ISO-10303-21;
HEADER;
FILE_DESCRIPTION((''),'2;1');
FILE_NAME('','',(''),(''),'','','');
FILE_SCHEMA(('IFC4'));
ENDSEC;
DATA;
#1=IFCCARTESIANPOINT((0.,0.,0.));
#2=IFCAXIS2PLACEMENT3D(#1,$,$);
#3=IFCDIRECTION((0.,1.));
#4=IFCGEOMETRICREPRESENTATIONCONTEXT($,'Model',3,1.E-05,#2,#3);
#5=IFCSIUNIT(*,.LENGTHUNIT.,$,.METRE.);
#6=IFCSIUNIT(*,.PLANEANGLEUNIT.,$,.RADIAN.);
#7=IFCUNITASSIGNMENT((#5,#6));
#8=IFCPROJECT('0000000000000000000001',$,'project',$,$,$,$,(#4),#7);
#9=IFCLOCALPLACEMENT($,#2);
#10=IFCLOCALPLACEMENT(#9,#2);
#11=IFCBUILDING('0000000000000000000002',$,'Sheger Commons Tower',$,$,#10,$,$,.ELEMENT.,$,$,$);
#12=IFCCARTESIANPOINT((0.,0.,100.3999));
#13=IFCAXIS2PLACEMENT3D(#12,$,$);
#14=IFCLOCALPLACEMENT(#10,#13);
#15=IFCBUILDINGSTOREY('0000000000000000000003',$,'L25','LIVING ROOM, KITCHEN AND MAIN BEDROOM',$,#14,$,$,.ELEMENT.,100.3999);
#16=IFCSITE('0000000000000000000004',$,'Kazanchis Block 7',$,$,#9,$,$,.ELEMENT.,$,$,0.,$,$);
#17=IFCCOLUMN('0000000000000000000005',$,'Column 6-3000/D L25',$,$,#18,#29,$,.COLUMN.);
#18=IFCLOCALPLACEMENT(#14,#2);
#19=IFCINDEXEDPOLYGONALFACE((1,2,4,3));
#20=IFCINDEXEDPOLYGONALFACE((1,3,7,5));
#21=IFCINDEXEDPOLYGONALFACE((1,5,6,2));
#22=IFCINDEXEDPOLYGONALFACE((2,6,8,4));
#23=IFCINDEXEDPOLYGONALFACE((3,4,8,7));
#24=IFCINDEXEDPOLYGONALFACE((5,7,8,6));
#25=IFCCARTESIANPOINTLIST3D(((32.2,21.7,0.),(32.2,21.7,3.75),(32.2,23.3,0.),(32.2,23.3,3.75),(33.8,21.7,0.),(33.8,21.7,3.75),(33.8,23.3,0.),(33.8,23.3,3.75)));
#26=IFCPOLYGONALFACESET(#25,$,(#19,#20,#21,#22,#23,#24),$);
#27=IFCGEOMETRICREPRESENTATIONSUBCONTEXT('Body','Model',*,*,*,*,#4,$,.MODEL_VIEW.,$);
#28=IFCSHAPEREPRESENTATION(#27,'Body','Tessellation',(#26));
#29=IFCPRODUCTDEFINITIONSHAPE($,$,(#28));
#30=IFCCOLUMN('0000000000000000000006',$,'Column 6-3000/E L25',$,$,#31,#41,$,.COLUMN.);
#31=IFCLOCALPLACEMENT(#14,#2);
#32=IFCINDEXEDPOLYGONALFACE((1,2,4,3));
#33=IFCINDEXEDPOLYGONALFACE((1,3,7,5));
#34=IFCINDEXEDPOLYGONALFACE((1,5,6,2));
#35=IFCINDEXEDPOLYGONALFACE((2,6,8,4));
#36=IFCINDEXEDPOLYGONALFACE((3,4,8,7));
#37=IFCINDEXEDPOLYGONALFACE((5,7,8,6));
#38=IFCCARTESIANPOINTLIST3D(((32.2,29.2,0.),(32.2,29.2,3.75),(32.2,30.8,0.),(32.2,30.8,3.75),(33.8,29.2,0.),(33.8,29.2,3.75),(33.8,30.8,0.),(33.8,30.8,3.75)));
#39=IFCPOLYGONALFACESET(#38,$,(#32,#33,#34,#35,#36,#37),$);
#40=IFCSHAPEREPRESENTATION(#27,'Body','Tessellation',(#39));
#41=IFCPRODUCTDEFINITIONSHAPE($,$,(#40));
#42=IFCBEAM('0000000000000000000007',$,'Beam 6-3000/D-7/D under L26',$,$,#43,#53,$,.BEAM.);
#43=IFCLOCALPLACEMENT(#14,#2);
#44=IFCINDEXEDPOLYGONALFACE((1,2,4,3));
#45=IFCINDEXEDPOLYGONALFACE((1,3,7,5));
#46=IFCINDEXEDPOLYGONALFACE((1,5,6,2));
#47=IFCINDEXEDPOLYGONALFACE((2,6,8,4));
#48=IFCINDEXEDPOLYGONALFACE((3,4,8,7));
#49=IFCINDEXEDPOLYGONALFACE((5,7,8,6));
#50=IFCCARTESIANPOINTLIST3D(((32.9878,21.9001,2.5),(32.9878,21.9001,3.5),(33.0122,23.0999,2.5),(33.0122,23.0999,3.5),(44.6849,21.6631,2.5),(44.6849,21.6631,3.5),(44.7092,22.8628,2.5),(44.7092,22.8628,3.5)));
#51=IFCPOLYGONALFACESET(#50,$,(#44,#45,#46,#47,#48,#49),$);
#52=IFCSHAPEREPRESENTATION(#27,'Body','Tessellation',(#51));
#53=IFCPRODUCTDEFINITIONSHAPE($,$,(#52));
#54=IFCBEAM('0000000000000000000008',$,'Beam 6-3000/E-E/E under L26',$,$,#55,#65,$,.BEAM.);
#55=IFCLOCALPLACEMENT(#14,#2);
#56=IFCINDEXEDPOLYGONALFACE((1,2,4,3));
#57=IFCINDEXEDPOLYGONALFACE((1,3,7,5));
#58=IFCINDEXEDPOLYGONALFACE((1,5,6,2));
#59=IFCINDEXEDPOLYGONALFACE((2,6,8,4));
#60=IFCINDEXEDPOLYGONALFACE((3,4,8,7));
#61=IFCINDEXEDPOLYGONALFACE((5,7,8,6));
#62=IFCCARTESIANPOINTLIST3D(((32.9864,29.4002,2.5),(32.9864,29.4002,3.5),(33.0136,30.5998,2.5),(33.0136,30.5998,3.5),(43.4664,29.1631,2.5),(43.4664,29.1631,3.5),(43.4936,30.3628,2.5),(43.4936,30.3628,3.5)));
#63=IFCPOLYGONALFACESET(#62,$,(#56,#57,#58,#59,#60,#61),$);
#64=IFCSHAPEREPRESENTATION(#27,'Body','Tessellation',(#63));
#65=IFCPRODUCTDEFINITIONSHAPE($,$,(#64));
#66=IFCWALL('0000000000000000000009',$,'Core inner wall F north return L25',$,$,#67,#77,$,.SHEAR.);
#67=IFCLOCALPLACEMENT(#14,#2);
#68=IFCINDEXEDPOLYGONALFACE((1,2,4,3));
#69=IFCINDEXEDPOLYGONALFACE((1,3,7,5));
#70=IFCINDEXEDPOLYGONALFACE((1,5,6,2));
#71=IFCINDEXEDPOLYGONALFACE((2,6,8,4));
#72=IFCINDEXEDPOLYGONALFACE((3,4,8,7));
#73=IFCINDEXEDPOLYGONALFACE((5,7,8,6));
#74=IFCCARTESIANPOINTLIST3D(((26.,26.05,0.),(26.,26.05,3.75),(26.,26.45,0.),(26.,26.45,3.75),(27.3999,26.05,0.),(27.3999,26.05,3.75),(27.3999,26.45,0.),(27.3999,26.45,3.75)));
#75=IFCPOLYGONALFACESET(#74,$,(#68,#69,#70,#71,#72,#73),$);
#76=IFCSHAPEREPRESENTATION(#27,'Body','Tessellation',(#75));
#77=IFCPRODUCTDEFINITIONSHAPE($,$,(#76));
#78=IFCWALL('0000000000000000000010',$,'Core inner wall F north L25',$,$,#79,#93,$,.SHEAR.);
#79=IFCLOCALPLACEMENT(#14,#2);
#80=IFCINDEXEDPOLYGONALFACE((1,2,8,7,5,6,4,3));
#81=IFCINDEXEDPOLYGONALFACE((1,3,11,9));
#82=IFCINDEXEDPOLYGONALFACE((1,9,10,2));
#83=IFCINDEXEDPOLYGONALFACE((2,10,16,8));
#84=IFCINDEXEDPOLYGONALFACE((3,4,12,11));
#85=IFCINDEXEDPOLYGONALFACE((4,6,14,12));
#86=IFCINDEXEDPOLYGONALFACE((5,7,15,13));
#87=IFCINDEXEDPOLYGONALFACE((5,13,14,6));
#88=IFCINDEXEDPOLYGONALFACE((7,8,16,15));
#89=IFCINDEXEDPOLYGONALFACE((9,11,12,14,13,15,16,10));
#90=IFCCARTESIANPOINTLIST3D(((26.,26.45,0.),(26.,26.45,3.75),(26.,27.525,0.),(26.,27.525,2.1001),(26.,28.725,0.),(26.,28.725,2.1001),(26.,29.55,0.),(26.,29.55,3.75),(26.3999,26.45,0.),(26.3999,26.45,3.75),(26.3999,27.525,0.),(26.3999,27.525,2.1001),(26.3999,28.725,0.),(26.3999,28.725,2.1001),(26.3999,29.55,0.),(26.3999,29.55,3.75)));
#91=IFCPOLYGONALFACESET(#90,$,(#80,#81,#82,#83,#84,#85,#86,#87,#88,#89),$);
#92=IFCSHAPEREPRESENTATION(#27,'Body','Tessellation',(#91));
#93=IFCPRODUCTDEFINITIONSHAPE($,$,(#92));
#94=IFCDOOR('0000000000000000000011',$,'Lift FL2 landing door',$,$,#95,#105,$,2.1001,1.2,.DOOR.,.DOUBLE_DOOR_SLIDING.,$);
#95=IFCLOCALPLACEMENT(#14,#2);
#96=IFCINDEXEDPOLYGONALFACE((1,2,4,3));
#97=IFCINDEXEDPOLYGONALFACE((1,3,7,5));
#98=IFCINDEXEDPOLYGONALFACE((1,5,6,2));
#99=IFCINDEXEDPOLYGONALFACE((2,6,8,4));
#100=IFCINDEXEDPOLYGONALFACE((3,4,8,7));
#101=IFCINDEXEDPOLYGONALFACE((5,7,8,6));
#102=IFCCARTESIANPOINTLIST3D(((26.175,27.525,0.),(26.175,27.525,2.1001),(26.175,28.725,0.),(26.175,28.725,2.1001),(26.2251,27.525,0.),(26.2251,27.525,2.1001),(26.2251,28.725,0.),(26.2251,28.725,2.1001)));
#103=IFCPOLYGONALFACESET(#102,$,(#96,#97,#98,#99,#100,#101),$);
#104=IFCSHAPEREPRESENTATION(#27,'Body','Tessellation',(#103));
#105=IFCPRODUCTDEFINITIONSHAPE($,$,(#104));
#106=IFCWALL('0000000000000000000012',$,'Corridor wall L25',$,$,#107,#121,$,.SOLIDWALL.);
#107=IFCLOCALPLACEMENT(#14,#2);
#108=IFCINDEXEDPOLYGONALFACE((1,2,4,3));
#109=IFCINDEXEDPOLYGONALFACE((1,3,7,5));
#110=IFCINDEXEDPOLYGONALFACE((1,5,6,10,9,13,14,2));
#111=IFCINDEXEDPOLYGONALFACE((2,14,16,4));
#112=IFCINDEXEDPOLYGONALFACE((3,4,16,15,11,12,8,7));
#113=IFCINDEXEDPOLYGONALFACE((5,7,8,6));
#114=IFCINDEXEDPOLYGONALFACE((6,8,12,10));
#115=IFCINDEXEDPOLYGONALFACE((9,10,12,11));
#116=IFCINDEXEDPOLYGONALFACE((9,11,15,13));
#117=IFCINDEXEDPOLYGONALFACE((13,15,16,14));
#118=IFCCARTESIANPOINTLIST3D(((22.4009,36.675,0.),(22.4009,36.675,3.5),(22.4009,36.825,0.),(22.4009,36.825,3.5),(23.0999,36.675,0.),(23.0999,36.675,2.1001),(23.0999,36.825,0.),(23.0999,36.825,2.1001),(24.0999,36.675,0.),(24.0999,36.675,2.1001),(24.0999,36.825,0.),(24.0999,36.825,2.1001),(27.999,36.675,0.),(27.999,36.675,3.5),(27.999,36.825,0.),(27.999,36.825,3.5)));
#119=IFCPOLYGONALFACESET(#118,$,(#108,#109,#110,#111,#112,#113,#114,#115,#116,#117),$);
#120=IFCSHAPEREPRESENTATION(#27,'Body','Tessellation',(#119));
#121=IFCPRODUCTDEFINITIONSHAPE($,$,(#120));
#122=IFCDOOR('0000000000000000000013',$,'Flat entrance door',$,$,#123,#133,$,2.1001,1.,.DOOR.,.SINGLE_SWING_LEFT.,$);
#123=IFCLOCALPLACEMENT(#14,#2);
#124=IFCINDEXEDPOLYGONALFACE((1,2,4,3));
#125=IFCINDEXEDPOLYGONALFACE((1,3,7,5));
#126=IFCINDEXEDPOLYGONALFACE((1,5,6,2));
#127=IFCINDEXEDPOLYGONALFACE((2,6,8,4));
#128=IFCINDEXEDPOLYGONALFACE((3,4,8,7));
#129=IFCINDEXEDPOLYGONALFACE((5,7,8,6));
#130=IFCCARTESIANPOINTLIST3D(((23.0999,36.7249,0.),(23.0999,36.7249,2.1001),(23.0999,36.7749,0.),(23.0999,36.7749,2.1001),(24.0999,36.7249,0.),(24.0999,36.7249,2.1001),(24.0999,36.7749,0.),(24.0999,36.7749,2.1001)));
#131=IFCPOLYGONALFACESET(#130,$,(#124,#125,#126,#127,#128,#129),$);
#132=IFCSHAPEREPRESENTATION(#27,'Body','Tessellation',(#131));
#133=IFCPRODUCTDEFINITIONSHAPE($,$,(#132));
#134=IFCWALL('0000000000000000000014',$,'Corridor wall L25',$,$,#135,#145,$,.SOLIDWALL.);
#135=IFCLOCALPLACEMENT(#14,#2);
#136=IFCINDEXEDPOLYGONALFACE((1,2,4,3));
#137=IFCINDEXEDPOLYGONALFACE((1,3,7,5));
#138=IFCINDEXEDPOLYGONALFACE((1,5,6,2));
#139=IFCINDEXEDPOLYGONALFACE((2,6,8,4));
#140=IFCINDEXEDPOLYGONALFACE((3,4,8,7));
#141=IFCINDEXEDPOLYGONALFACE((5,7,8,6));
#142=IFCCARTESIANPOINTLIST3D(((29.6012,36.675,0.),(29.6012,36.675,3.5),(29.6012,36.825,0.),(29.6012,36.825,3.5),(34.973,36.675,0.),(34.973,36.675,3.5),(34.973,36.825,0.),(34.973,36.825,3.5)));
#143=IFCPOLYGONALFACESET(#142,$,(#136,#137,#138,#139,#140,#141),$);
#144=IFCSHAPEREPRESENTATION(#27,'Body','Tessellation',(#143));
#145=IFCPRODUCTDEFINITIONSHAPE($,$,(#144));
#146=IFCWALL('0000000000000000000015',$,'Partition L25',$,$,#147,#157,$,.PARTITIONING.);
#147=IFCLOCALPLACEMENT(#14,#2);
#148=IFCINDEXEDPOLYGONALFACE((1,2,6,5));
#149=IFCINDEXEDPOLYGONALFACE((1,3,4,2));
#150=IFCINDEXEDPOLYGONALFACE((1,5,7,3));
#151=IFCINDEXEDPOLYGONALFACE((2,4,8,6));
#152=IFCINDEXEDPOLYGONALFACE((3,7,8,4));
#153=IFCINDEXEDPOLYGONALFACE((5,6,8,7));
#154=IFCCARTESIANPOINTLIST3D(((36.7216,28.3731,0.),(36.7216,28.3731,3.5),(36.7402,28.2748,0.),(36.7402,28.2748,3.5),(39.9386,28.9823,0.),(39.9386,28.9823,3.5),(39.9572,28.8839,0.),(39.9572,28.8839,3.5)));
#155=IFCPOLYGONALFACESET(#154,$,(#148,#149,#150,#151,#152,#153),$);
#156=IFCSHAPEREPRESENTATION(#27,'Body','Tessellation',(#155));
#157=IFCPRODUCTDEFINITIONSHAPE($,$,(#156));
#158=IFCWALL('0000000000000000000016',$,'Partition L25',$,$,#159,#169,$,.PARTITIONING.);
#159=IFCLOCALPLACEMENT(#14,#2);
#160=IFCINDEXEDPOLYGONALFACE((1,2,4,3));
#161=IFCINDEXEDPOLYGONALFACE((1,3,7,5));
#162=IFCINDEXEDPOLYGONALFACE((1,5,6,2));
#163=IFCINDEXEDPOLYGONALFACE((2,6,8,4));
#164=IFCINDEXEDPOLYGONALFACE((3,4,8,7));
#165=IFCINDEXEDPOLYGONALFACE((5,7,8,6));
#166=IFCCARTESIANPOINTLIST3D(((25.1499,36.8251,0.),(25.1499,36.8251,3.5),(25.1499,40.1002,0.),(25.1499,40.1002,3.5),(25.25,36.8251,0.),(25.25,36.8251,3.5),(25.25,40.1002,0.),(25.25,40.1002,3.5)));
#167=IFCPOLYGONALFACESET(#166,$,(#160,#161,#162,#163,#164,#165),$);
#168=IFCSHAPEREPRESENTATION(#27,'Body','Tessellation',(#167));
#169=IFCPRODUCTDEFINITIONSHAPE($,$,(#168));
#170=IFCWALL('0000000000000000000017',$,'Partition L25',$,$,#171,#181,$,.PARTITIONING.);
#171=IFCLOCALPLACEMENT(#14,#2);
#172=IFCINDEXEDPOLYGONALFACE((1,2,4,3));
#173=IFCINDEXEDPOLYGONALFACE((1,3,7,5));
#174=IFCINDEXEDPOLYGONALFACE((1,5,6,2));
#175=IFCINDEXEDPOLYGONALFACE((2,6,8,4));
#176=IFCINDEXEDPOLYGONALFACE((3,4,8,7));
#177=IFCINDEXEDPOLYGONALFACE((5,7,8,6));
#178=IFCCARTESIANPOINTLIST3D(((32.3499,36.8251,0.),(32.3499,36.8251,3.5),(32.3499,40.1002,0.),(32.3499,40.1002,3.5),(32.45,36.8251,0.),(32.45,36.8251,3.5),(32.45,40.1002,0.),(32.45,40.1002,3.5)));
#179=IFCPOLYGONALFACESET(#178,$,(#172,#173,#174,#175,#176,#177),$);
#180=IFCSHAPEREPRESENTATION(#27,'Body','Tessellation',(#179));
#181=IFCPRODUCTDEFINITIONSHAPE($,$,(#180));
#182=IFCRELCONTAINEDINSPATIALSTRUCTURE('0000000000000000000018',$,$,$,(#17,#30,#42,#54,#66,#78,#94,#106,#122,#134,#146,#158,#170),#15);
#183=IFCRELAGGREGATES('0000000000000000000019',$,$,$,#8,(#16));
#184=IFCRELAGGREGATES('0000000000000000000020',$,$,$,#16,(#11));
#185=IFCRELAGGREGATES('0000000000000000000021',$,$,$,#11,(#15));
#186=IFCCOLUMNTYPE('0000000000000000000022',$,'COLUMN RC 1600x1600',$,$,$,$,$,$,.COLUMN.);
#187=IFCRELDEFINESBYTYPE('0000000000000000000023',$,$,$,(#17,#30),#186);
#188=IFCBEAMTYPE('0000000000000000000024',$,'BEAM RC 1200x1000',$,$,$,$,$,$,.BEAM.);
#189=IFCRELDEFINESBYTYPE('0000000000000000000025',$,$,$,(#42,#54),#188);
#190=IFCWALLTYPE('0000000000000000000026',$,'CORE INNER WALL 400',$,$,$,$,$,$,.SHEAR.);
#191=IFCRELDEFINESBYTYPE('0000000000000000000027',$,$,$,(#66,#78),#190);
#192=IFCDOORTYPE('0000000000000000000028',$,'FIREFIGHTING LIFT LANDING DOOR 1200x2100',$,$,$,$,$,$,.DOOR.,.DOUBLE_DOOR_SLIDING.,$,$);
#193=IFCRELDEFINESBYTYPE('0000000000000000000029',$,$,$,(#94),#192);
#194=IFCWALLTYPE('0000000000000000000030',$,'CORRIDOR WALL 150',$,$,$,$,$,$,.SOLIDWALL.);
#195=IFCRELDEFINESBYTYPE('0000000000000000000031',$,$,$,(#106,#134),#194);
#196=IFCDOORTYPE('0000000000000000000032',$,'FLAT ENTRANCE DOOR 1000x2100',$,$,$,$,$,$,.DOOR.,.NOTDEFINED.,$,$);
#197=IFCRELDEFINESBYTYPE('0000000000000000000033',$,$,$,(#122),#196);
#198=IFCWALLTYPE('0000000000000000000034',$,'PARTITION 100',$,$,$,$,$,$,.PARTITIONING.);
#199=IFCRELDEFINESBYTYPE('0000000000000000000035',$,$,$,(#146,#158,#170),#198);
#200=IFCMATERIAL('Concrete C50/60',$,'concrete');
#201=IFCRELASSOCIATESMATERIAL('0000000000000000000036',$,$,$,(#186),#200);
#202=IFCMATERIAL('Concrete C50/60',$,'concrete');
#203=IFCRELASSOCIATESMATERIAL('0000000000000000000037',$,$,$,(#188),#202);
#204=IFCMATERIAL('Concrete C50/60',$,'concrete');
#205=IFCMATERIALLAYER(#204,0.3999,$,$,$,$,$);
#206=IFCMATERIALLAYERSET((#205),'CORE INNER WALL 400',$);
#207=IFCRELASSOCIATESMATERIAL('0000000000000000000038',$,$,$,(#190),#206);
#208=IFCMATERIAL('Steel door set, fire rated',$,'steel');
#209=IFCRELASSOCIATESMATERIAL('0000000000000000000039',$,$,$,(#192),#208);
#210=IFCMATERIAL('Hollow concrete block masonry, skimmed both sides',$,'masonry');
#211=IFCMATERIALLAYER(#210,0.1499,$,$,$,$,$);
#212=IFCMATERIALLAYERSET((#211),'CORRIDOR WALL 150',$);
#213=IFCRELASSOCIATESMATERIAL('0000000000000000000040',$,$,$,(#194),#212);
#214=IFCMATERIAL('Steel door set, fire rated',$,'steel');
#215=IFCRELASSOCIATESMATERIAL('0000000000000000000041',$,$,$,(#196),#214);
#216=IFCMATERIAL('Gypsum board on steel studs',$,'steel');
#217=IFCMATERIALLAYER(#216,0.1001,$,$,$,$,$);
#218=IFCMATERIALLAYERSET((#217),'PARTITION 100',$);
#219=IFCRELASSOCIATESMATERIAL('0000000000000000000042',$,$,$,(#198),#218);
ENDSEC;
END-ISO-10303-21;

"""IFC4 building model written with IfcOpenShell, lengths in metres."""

from ifc_helpers import new_model, si_unit, direction, frame, frame_2d, origin, origin_2d, place, context, subcontext, project, spatial, rectangle, extrude, material, layer, layer_set, material_profile, profile_set, type_object, element, fill, save


model = new_model("IFC4")

# Units and contexts
model_context = context("Model", 3, precision=1e-05, world=origin(), true_north=direction((0.0, 1.0)))
body_context = subcontext(model_context, "Body", "Model", "MODEL_VIEW")
ifc_project = project(units=[si_unit("LENGTHUNIT", "METRE"), si_unit("PLANEANGLEUNIT", "RADIAN")], contexts=[model_context])

# Site, building, storey
site_placement = place(None, origin())
site = spatial("IfcSite", under=ifc_project, at=site_placement, Name="Kazanchis Block 7", CompositionType="ELEMENT", RefElevation=0.0)
building_placement = place(site_placement, origin())
building = spatial("IfcBuilding", under=site, at=building_placement, Name="Sheger Commons Tower", CompositionType="ELEMENT")
storey_placement = place(building_placement, frame((0.0, 0.0, 100.3999)))
storey = spatial("IfcBuildingStorey", under=building, at=storey_placement, Name="L25", Description="LIVING ROOM, KITCHEN AND MAIN BEDROOM", CompositionType="ELEMENT", Elevation=100.3999)

# Columns
ifc_material_1 = material(Name="Concrete C50/60", Category="concrete")
ifc_material_profile_1 = material_profile(ifc_material_1, rectangle(XDim=1.6001, YDim=1.6001, at=origin_2d()), Name="RC 1600x1600")
ifc_profile_set_1 = profile_set([ifc_material_profile_1], Name="Concrete C50/60")
column_type = type_object("IfcColumnType", Name="COLUMN RC 1600x1600", PredefinedType="COLUMN", material=ifc_profile_set_1)
for number, where, z_axis, x_axis, name in (
    (1, (33.0, 22.5, 0.0), (0.0, 0.0, 1.0), (1.0, 0.0, 0.0), "Column 6-3000/D L25"),
    (2, (33.0, 30.0, 0.0), (0.0, 0.0, 1.0), (1.0, 0.0, 0.0), "Column 6-3000/E L25"),
):
    element("IfcColumn", number, at=place(storey_placement, frame(where, z_axis=z_axis, x_axis=x_axis)), inside=storey, type_object=column_type, Name=name, PredefinedType="COLUMN", context=body_context, shape_type="SweptSolid", body=[
        extrude(rectangle(XDim=1.6001, YDim=1.6001, at=origin_2d()), origin(), (0.0, 0.0, 1.0), 3.75),
    ])

# Beams
ifc_material_2 = material(Name="Concrete C50/60", Category="concrete")
ifc_material_profile_2 = material_profile(ifc_material_2, rectangle(XDim=1.2, YDim=1.0, at=origin_2d()), Name="RC 1200x1000")
ifc_profile_set_2 = profile_set([ifc_material_profile_2], Name="Concrete C50/60")
beam_type = type_object("IfcBeamType", Name="BEAM RC 1200x1000", PredefinedType="BEAM", material=ifc_profile_set_2)
beam_1_placement = place(storey_placement, frame((33.0, 22.5, 3.0), z_axis=(0.999795, -0.020263, 0.0), x_axis=(0.020263, 0.999795, 0.0)))
element("IfcBeam", 3, at=beam_1_placement, inside=storey, type_object=beam_type, Name="Beam 6-3000/D-7/D under L26", PredefinedType="BEAM", context=body_context, shape_type="SweptSolid", body=[
    extrude(rectangle(XDim=1.2, YDim=1.0, at=origin_2d()), origin(), (0.0, 0.0, 1.0), 11.6995),
])
beam_2_placement = place(storey_placement, frame((33.0, 30.0, 3.0), z_axis=(0.999744, -0.022615, 0.0), x_axis=(0.022615, 0.999744, 0.0)))
element("IfcBeam", 4, at=beam_2_placement, inside=storey, type_object=beam_type, Name="Beam 6-3000/E-E/E under L26", PredefinedType="BEAM", context=body_context, shape_type="SweptSolid", body=[
    extrude(rectangle(XDim=1.2, YDim=1.0, at=origin_2d()), origin(), (0.0, 0.0, 1.0), 10.4827),
])

# Wall
ifc_material_3 = material(Name="Concrete C50/60", Category="concrete")
ifc_layer_1 = layer(ifc_material_3, 0.3999)
ifc_layer_set_1 = layer_set([ifc_layer_1], Name="CORE INNER WALL 400")
wall_type_1 = type_object("IfcWallType", Name="CORE INNER WALL 400", PredefinedType="SHEAR", material=ifc_layer_set_1)
wall_1_placement = place(storey_placement, frame((26.0, 26.25, 0.0), z_axis=(0.0, 0.0, 1.0), x_axis=(1.0, 0.0, 0.0)))
element("IfcWall", 5, at=wall_1_placement, inside=storey, type_object=wall_type_1, Name="Core inner wall F north return L25", PredefinedType="SHEAR", context=body_context, shape_type="SweptSolid", body=[
    extrude(rectangle(XDim=1.3999, YDim=0.3999, at=frame_2d((0.7, 0.0))), origin(), (0.0, 0.0, 1.0), 3.75),
])

# Walls, openings, doors
wall_2_placement = place(storey_placement, frame((26.2, 26.45, 0.0), z_axis=(0.0, 0.0, 1.0), x_axis=(0.0, 1.0, 0.0)))
wall_2 = element("IfcWall", 6, at=wall_2_placement, inside=storey, type_object=wall_type_1, Name="Core inner wall F north L25", PredefinedType="SHEAR", context=body_context, shape_type="SweptSolid", body=[
    extrude(rectangle(XDim=3.1001, YDim=0.3999, at=frame_2d((1.55, 0.0))), origin(), (0.0, 0.0, 1.0), 3.75),
])
opening_1_placement = place(wall_2_placement, frame((1.075, 0.0, 0.0)))
opening_1 = element("IfcOpeningElement", 7, at=opening_1_placement, cuts=wall_2, PredefinedType="OPENING", context=body_context, shape_type="SweptSolid", body=[
    extrude(rectangle(XDim=1.2, YDim=2.1001, at=frame_2d((0.6001, 1.05))), frame((0.0, 0.21, 0.0), z_axis=(0.0, -1.0, 0.0), x_axis=(1.0, 0.0, 0.0)), (0.0, 0.0, 1.0), 0.4199),
])
ifc_material_4 = material(Name="Steel door set, fire rated", Category="steel")
door_type_1 = type_object("IfcDoorType", Name="FIREFIGHTING LIFT LANDING DOOR 1200x2100", OperationType="DOUBLE_DOOR_SLIDING", PredefinedType="DOOR", material=ifc_material_4)
door_1_placement = place(opening_1_placement, origin())
door_1 = element("IfcDoor", 8, at=door_1_placement, inside=storey, type_object=door_type_1, Name="Lift FL2 landing door", OperationType="DOUBLE_DOOR_SLIDING", OverallHeight=2.1001, OverallWidth=1.2, PredefinedType="DOOR", context=body_context, shape_type="SweptSolid", body=[
    extrude(rectangle(XDim=1.2, YDim=2.1001, at=frame_2d((0.6001, 1.05))), frame((0.0, 0.0249, 0.0), z_axis=(0.0, -1.0, 0.0), x_axis=(1.0, 0.0, 0.0)), (0.0, 0.0, 1.0), 0.05),
])
fill(opening_1, door_1)
ifc_material_5 = material(Name="Hollow concrete block masonry, skimmed both sides", Category="masonry")
ifc_layer_2 = layer(ifc_material_5, 0.1499)
ifc_layer_set_2 = layer_set([ifc_layer_2], Name="CORRIDOR WALL 150")
wall_type_2 = type_object("IfcWallType", Name="CORRIDOR WALL 150", PredefinedType="SOLIDWALL", material=ifc_layer_set_2)
wall_3_placement = place(storey_placement, frame((22.4009, 36.75, 0.0), z_axis=(0.0, 0.0, 1.0), x_axis=(1.0, 0.0, 0.0)))
wall_3 = element("IfcWall", 9, at=wall_3_placement, inside=storey, type_object=wall_type_2, Name="Corridor wall L25", PredefinedType="SOLIDWALL", context=body_context, shape_type="SweptSolid", body=[
    extrude(rectangle(XDim=5.5981, YDim=0.1499, at=frame_2d((2.7991, 0.0))), origin(), (0.0, 0.0, 1.0), 3.5),
])
opening_2_placement = place(wall_3_placement, frame((0.699, 0.0, 0.0)))
opening_2 = element("IfcOpeningElement", 10, at=opening_2_placement, cuts=wall_3, PredefinedType="OPENING", context=body_context, shape_type="SweptSolid", body=[
    extrude(rectangle(XDim=1.0, YDim=2.1001, at=frame_2d((0.5, 1.05))), frame((0.0, 0.085, 0.0), z_axis=(0.0, -1.0, 0.0), x_axis=(1.0, 0.0, 0.0)), (0.0, 0.0, 1.0), 0.1699),
])
ifc_material_6 = material(Name="Steel door set, fire rated", Category="steel")
door_type_2 = type_object("IfcDoorType", Name="FLAT ENTRANCE DOOR 1000x2100", OperationType="NOTDEFINED", PredefinedType="DOOR", material=ifc_material_6)
door_2_placement = place(opening_2_placement, origin())
door_2 = element("IfcDoor", 11, at=door_2_placement, inside=storey, type_object=door_type_2, Name="Flat entrance door", OperationType="SINGLE_SWING_LEFT", OverallHeight=2.1001, OverallWidth=1.0, PredefinedType="DOOR", context=body_context, shape_type="SweptSolid", body=[
    extrude(rectangle(XDim=1.0, YDim=2.1001, at=frame_2d((0.5, 1.05))), frame((0.0, 0.0249, 0.0), z_axis=(0.0, -1.0, 0.0), x_axis=(1.0, 0.0, 0.0)), (0.0, 0.0, 1.0), 0.05),
])
fill(opening_2, door_2)

# Walls
wall_4_placement = place(storey_placement, frame((29.6011, 36.75, 0.0), z_axis=(0.0, 0.0, 1.0), x_axis=(1.0, 0.0, 0.0)))
element("IfcWall", 12, at=wall_4_placement, inside=storey, type_object=wall_type_2, Name="Corridor wall L25", PredefinedType="SOLIDWALL", context=body_context, shape_type="SweptSolid", body=[
    extrude(rectangle(XDim=5.3718, YDim=0.1499, at=frame_2d((2.686, 0.0))), origin(), (0.0, 0.0, 1.0), 3.5),
])
ifc_material_7 = material(Name="Gypsum board on steel studs", Category="steel")
ifc_layer_3 = layer(ifc_material_7, 0.1001)
ifc_layer_set_3 = layer_set([ifc_layer_3], Name="PARTITION 100")
wall_type_3 = type_object("IfcWallType", Name="PARTITION 100", PredefinedType="PARTITIONING", material=ifc_layer_set_3)
wall_5_placement = place(storey_placement, frame((39.948, 28.9331, 0.0), z_axis=(0.0, 0.0, 1.0), x_axis=(-0.982542, -0.18604, 0.0)))
element("IfcWall", 13, at=wall_5_placement, inside=storey, type_object=wall_type_3, Name="Partition L25", PredefinedType="PARTITIONING", context=body_context, shape_type="SweptSolid", body=[
    extrude(rectangle(XDim=3.2742, YDim=0.1001, at=frame_2d((1.6372, 0.0))), origin(), (0.0, 0.0, 1.0), 3.5),
])
for number, where, z_axis, x_axis, name in (
    (14, (25.2, 36.825, 0.0), (0.0, 0.0, 1.0), (0.0, 1.0, 0.0), "Partition L25"),
    (15, (32.3999, 36.825, 0.0), (0.0, 0.0, 1.0), (0.0, 1.0, 0.0), "Partition L25"),
):
    element("IfcWall", number, at=place(storey_placement, frame(where, z_axis=z_axis, x_axis=x_axis)), inside=storey, type_object=wall_type_3, Name=name, PredefinedType="PARTITIONING", context=body_context, shape_type="SweptSolid", body=[
        extrude(rectangle(XDim=3.2751, YDim=0.1001, at=frame_2d((1.6377, 0.0))), origin(), (0.0, 0.0, 1.0), 3.5),
    ])

save(model, "model.ifc")
